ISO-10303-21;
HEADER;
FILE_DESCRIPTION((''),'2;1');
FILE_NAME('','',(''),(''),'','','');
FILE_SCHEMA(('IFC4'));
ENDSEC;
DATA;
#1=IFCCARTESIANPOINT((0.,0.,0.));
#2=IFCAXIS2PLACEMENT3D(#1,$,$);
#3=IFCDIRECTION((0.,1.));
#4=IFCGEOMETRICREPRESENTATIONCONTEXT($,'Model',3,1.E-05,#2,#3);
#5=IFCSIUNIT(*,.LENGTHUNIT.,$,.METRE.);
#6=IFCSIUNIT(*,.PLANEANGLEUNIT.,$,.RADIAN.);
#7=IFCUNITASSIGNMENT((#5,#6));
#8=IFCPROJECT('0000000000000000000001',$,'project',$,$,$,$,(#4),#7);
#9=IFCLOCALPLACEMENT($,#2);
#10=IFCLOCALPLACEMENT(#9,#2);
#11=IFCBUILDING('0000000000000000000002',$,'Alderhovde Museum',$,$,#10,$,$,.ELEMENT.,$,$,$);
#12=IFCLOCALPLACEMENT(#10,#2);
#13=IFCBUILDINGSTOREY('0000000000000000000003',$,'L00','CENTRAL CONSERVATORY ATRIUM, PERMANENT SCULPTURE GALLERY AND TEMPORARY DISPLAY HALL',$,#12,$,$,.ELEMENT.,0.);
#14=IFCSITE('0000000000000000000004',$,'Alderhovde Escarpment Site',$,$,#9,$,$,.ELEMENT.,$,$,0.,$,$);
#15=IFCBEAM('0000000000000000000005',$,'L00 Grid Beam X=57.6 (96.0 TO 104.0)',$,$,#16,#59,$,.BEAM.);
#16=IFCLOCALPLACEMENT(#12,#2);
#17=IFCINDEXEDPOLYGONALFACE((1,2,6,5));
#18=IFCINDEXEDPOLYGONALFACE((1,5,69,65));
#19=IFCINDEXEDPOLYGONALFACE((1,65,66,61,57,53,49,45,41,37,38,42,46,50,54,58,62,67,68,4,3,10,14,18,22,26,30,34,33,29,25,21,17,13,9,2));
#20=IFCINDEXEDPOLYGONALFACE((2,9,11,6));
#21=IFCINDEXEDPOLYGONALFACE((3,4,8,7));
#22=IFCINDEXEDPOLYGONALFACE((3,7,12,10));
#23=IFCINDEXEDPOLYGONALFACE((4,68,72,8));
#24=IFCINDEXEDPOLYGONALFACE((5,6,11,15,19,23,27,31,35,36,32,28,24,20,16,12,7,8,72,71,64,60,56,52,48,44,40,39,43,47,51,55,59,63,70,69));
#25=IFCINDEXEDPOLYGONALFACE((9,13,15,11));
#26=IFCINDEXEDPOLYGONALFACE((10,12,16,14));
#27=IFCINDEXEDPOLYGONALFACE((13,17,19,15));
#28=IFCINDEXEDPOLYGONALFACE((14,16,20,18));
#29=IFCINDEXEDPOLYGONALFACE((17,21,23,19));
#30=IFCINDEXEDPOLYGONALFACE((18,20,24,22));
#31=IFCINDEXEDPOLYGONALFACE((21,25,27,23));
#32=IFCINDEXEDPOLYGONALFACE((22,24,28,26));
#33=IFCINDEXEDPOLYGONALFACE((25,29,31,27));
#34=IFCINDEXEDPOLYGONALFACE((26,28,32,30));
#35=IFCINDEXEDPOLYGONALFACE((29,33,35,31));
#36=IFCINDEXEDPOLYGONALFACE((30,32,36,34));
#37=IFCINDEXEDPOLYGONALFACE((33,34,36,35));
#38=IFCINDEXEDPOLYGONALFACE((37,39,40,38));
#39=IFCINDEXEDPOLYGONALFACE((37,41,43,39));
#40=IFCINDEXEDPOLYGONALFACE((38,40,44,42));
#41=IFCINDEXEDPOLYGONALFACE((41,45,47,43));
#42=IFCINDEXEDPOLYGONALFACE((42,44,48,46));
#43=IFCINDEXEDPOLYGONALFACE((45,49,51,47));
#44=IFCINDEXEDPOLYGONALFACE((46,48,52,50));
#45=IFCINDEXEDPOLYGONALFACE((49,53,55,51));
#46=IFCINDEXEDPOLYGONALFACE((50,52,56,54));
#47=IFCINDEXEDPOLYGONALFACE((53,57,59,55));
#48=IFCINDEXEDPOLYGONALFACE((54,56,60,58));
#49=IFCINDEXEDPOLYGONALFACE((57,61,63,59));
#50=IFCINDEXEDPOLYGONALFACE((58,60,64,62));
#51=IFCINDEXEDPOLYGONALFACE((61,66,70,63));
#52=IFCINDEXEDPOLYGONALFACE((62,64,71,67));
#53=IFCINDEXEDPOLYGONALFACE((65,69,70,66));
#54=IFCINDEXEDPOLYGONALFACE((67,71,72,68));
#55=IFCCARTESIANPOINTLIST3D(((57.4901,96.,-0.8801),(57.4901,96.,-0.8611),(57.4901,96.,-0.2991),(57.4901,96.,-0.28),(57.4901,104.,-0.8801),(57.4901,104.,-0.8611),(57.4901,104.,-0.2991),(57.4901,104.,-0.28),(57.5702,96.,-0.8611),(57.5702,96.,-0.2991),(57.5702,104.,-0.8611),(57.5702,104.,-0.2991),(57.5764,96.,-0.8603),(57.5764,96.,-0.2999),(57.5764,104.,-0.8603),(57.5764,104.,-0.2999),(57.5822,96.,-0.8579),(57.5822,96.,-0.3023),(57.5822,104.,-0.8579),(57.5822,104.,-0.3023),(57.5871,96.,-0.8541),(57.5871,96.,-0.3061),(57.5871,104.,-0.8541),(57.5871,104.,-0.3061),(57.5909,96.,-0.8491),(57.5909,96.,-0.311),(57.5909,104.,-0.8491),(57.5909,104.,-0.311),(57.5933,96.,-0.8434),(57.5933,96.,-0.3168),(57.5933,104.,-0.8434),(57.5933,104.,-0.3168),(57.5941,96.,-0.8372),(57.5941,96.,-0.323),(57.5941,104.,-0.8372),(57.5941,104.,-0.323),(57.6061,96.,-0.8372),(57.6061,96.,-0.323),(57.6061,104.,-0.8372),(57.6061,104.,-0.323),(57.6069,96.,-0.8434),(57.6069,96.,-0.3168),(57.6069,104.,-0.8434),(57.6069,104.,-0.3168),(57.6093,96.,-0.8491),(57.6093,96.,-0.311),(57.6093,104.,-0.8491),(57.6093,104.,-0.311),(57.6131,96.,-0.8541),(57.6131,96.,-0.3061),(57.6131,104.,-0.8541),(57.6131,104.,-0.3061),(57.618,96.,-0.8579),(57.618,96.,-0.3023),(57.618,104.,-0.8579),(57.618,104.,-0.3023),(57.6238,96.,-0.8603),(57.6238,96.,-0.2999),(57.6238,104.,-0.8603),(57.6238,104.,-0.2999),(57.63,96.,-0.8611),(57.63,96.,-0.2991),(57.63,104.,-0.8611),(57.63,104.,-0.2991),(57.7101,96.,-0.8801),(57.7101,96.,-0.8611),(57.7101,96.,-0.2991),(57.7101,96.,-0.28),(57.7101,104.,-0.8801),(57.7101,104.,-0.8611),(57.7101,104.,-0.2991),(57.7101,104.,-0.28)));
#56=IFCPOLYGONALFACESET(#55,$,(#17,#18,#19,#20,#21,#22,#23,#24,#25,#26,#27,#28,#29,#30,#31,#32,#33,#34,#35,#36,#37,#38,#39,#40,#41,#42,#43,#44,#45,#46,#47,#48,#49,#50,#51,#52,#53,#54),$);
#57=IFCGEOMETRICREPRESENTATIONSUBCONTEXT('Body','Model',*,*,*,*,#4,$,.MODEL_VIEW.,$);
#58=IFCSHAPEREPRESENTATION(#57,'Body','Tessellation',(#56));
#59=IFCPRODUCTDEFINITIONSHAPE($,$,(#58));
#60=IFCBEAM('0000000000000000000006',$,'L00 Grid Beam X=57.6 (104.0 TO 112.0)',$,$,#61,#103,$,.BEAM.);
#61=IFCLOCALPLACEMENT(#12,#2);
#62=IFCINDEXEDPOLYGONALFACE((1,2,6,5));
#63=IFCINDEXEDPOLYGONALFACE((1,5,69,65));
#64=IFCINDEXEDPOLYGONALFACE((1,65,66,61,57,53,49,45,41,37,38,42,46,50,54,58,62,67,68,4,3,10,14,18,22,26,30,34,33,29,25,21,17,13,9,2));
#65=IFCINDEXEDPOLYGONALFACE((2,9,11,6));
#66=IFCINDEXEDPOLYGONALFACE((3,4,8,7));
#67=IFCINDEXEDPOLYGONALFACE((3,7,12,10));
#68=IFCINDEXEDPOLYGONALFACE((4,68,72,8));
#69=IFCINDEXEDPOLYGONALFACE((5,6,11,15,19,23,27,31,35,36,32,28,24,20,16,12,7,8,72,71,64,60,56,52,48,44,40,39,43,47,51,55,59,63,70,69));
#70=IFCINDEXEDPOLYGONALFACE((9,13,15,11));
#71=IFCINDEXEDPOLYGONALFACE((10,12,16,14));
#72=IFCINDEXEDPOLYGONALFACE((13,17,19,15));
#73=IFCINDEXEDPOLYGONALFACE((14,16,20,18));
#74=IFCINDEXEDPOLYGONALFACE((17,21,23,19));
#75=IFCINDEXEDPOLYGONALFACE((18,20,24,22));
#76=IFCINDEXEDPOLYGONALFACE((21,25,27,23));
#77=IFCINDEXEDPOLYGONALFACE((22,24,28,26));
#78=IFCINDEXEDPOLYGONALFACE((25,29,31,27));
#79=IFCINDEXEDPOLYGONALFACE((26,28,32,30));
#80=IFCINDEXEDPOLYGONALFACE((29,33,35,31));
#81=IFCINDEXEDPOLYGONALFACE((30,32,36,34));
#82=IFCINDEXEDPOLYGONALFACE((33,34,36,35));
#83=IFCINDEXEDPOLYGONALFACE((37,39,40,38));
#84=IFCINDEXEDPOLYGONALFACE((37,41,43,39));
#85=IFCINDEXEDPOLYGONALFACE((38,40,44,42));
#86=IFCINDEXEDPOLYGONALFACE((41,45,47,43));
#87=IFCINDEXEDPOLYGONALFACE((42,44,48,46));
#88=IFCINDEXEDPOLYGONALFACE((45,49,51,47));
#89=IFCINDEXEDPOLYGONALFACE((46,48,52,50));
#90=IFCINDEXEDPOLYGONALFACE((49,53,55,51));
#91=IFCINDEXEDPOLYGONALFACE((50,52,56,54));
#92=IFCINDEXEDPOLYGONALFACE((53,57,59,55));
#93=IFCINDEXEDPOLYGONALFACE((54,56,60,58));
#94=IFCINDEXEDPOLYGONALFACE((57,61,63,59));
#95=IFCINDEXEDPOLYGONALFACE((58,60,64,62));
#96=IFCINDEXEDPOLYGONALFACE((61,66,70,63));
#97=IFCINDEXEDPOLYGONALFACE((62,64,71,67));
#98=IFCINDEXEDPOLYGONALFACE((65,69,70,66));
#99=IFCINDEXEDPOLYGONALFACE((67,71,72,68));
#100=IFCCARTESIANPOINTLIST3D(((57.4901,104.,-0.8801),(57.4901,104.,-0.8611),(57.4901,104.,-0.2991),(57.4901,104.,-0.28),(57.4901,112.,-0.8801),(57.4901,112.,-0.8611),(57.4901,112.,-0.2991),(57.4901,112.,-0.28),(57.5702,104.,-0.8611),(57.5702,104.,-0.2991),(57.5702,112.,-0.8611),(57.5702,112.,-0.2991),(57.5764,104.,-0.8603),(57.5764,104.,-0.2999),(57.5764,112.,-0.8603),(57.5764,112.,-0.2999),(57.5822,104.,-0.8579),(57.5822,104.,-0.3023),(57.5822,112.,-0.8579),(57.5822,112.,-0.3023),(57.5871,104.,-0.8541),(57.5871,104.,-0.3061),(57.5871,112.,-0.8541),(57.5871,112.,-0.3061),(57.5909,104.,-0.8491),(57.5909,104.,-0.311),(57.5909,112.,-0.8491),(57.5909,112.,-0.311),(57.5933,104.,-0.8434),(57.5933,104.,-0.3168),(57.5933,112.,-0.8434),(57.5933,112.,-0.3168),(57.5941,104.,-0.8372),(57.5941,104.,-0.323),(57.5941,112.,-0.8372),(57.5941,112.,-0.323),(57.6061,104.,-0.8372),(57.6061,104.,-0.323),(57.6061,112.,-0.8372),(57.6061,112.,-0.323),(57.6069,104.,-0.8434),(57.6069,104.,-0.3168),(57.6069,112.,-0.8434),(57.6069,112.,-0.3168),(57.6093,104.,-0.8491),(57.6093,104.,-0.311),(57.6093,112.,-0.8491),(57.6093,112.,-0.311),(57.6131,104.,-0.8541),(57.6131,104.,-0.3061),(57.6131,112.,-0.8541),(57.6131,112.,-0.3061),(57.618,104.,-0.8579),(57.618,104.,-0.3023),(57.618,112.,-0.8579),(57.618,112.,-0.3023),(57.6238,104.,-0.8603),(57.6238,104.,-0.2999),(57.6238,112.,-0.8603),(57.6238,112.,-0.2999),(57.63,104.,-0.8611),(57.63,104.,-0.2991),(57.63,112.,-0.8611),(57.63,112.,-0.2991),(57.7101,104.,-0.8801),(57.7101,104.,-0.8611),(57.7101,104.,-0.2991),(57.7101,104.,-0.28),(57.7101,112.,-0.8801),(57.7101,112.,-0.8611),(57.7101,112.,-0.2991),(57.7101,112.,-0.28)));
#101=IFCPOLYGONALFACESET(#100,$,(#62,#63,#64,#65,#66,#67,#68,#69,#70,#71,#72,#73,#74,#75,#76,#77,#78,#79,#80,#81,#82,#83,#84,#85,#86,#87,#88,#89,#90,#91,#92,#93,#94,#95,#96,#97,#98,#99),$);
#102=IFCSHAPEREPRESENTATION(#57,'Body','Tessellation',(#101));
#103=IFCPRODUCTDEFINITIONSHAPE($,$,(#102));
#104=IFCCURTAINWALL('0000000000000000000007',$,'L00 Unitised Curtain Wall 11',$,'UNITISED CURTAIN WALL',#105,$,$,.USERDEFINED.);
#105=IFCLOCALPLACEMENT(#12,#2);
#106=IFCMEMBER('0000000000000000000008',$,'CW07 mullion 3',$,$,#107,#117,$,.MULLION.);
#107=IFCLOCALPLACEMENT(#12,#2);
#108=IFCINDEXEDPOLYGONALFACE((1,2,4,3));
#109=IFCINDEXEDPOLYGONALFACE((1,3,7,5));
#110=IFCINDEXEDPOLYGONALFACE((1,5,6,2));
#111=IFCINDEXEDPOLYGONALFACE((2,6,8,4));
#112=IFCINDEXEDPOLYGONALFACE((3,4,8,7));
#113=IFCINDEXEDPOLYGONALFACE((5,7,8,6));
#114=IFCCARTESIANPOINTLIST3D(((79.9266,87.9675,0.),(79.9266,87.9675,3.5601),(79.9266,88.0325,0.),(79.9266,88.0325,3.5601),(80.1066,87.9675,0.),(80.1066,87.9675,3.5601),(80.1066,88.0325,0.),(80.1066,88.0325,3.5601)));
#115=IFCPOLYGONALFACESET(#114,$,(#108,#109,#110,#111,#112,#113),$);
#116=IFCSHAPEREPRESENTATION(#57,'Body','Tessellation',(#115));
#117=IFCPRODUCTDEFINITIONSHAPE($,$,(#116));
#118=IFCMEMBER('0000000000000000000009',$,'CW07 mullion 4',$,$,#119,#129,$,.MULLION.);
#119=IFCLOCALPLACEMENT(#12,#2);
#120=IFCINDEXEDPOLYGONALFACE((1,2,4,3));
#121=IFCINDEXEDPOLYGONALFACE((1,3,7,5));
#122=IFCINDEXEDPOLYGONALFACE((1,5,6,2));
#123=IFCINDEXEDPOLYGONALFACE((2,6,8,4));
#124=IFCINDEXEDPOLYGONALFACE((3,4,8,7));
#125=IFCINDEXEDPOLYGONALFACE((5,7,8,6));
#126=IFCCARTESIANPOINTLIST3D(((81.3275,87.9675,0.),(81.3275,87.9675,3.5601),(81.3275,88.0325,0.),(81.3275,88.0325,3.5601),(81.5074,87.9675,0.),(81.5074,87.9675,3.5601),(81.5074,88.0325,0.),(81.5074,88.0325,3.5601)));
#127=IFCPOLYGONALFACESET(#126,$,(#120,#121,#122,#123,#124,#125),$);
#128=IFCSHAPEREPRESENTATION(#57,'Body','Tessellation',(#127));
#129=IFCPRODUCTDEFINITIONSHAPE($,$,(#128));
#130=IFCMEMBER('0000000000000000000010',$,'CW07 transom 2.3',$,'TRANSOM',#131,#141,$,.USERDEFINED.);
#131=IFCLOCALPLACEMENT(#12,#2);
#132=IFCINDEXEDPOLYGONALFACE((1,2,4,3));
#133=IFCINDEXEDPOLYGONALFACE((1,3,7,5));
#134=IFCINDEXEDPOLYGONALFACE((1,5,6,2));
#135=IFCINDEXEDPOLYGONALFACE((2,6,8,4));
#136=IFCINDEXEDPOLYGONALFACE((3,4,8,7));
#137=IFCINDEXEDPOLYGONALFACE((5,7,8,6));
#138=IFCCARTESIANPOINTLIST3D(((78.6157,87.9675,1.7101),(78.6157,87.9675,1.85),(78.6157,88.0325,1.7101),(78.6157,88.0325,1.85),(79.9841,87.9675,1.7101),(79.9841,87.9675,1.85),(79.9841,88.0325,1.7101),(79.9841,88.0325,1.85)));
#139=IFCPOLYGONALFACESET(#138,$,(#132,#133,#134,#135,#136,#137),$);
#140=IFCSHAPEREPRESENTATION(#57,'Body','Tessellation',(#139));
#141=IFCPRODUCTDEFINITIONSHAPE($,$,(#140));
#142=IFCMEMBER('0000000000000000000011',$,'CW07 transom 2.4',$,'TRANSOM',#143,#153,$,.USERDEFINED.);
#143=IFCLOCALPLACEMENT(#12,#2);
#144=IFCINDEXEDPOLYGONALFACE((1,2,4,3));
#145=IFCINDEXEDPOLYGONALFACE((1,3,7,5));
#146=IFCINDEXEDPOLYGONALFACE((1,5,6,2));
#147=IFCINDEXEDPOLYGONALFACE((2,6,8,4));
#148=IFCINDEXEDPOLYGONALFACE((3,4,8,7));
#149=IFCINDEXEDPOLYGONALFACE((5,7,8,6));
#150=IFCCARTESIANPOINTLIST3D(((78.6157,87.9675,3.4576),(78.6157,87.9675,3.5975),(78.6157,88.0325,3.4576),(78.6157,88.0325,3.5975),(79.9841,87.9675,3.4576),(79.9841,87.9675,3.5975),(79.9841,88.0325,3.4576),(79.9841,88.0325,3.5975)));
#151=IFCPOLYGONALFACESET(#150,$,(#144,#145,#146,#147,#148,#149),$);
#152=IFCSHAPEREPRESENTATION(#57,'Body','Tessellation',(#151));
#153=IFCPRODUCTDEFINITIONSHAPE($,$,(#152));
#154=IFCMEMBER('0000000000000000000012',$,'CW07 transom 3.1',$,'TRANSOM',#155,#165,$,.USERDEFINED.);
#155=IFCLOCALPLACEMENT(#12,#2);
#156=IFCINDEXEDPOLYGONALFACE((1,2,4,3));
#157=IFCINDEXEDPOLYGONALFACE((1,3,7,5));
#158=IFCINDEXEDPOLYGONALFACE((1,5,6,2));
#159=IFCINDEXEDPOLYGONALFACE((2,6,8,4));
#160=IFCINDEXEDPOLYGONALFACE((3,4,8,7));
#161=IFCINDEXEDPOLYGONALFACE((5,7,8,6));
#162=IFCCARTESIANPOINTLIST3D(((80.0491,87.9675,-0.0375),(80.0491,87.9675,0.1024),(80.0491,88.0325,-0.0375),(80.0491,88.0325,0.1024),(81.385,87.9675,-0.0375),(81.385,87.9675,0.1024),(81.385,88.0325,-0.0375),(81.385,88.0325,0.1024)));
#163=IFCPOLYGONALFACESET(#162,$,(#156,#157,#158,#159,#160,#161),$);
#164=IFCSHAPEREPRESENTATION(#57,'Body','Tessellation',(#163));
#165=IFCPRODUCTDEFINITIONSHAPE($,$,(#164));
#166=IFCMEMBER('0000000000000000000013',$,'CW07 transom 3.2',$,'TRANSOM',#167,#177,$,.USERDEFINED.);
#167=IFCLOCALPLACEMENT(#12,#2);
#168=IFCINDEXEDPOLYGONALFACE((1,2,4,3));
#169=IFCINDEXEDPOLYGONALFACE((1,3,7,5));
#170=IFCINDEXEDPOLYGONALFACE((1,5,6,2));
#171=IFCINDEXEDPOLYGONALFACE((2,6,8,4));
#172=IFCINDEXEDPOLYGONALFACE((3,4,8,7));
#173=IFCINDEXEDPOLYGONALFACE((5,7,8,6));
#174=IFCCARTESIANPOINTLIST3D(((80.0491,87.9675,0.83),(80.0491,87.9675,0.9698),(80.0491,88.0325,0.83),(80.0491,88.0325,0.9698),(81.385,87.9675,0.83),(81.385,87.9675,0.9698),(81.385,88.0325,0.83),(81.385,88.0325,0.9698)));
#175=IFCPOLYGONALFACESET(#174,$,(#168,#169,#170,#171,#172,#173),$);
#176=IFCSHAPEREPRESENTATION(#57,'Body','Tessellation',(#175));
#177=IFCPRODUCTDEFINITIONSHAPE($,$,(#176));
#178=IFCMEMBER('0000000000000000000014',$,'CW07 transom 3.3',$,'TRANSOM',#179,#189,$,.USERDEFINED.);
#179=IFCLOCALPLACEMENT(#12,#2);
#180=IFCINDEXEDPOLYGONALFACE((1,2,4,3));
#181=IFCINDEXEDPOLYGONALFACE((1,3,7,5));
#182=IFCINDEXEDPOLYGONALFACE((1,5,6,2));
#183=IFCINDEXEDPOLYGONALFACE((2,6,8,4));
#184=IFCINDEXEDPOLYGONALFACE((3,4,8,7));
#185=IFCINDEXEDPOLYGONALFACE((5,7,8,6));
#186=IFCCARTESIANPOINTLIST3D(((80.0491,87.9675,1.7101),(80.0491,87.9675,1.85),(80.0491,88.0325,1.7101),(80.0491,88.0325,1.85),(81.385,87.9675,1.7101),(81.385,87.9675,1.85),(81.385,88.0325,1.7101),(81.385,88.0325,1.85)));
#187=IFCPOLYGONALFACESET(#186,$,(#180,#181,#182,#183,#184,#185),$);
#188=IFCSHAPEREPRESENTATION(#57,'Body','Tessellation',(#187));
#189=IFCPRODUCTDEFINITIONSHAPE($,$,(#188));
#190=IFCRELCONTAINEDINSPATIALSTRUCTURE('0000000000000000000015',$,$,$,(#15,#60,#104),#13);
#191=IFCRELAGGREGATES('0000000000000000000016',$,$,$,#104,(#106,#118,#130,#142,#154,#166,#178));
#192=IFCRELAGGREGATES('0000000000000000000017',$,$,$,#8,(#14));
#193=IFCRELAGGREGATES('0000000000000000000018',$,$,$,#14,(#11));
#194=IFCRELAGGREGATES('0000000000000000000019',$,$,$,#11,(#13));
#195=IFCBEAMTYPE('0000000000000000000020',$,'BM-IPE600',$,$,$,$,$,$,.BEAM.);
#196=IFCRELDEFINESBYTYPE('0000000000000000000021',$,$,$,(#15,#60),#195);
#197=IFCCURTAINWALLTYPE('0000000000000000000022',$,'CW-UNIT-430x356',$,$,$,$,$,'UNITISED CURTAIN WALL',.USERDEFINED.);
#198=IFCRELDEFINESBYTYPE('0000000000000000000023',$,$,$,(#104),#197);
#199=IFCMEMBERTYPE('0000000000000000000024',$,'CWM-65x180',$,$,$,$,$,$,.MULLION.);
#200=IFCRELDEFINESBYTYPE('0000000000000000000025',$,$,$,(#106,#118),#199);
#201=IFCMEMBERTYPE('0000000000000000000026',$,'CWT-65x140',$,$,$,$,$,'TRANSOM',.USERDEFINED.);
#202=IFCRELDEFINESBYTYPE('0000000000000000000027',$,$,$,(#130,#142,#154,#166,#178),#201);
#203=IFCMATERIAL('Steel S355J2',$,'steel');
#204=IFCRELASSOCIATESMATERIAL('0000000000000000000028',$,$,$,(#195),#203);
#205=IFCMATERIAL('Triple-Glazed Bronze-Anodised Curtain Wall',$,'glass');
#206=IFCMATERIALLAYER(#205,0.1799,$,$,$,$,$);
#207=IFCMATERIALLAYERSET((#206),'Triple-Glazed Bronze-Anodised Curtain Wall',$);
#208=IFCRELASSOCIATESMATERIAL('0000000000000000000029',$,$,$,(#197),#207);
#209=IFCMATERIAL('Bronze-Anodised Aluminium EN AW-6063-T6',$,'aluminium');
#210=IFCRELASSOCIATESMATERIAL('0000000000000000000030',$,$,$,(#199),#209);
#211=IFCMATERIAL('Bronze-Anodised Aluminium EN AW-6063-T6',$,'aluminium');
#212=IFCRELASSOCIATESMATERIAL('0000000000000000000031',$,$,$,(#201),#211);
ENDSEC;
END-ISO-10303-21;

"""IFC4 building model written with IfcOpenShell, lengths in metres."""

from ifc_helpers import new_model, si_unit, direction, frame, origin, origin_2d, place, context, subcontext, project, spatial, rectangle, i_section, extrude, material, layer, layer_set, material_profile, profile_set, type_object, element, aggregate, save


model = new_model("IFC4")

# Units and contexts
model_context = context("Model", 3, precision=1e-05, world=origin(), true_north=direction((0.0, 1.0)))
body_context = subcontext(model_context, "Body", "Model", "MODEL_VIEW")
ifc_project = project(units=[si_unit("LENGTHUNIT", "METRE"), si_unit("PLANEANGLEUNIT", "RADIAN")], contexts=[model_context])

# Site, building, storey
site_placement = place(None, origin())
site = spatial("IfcSite", under=ifc_project, at=site_placement, Name="Alderhovde Escarpment Site", CompositionType="ELEMENT", RefElevation=0.0)
building_placement = place(site_placement, origin())
building = spatial("IfcBuilding", under=site, at=building_placement, Name="Alderhovde Museum", CompositionType="ELEMENT")
storey_placement = place(building_placement, origin())
storey = spatial("IfcBuildingStorey", under=building, at=storey_placement, Name="L00", Description="CENTRAL CONSERVATORY ATRIUM, PERMANENT SCULPTURE GALLERY AND TEMPORARY DISPLAY HALL", CompositionType="ELEMENT", Elevation=0.0)

# Beams
ifc_material_1 = material(Name="Steel S355J2", Category="steel")
ifc_material_profile_1 = material_profile(ifc_material_1, i_section(OverallWidth=0.22, OverallDepth=0.6001, WebThickness=0.012, FlangeThickness=0.019, FilletRadius=0.0239, at=origin_2d()), Name="IPE 600")
ifc_profile_set_1 = profile_set([ifc_material_profile_1], Name="Steel S355J2")
beam_type_1 = type_object("IfcBeamType", Name="BM-IPE600", PredefinedType="BEAM", material=ifc_profile_set_1)
for number, where, z_axis, x_axis, name in (
    (1, (57.6001, 96.0, -0.5801), (0.0, 1.0, 0.0), (-1.0, 0.0, 0.0), "L00 Grid Beam X=57.6 (96.0 TO 104.0)"),
    (2, (57.6001, 104.0, -0.5801), (0.0, 1.0, 0.0), (-1.0, 0.0, 0.0), "L00 Grid Beam X=57.6 (104.0 TO 112.0)"),
):
    element("IfcBeam", number, at=place(storey_placement, frame(where, z_axis=z_axis, x_axis=x_axis)), inside=storey, type_object=beam_type_1, Name=name, PredefinedType="BEAM", context=body_context, shape_type="SweptSolid", body=[
        extrude(i_section(OverallWidth=0.22, OverallDepth=0.6001, WebThickness=0.012, FlangeThickness=0.019, FilletRadius=0.0239, at=origin_2d()), origin(), (0.0, 0.0, 1.0), 8.0),
    ])

# Curtain wall, members
ifc_material_2 = material(Name="Triple-Glazed Bronze-Anodised Curtain Wall", Category="glass")
ifc_layer_1 = layer(ifc_material_2, 0.1799)
ifc_layer_set_1 = layer_set([ifc_layer_1], Name="Triple-Glazed Bronze-Anodised Curtain Wall")
curtain_wall_type = type_object("IfcCurtainWallType", Name="CW-UNIT-430x356", ElementType="UNITISED CURTAIN WALL", PredefinedType="USERDEFINED", material=ifc_layer_set_1)
curtain_wall_placement = place(storey_placement, origin())
curtain_wall = element("IfcCurtainWall", 3, at=curtain_wall_placement, inside=storey, type_object=curtain_wall_type, Name="L00 Unitised Curtain Wall 11", ObjectType="UNITISED CURTAIN WALL", PredefinedType="USERDEFINED")
ifc_material_3 = material(Name="Bronze-Anodised Aluminium EN AW-6063-T6", Category="aluminium")
ifc_material_profile_2 = material_profile(ifc_material_3, rectangle(XDim=0.0649, YDim=0.1799, at=origin_2d()), Name="MULLION 65x180")
ifc_profile_set_2 = profile_set([ifc_material_profile_2], Name="Bronze-Anodised Aluminium EN AW-6063-T6")
member_type_1 = type_object("IfcMemberType", Name="CWM-65x180", PredefinedType="MULLION", material=ifc_profile_set_2)
member_1_placement = place(storey_placement, frame((80.0166, 88.0, 0.0), z_axis=(0.0, 0.0, 1.0), x_axis=(0.0, 1.0, 0.0)))
member_1 = element("IfcMember", 4, at=member_1_placement, type_object=member_type_1, Name="CW07 mullion 3", PredefinedType="MULLION", context=body_context, shape_type="SweptSolid", body=[
    extrude(rectangle(XDim=0.0649, YDim=0.1799, at=origin_2d()), origin(), (0.0, 0.0, 1.0), 3.5601),
])
member_2_placement = place(storey_placement, frame((81.4175, 88.0, 0.0), z_axis=(0.0, 0.0, 1.0), x_axis=(0.0, 1.0, 0.0)))
member_2 = element("IfcMember", 5, at=member_2_placement, type_object=member_type_1, Name="CW07 mullion 4", PredefinedType="MULLION", context=body_context, shape_type="SweptSolid", body=[
    extrude(rectangle(XDim=0.0649, YDim=0.1799, at=origin_2d()), origin(), (0.0, 0.0, 1.0), 3.5601),
])
ifc_material_4 = material(Name="Bronze-Anodised Aluminium EN AW-6063-T6", Category="aluminium")
ifc_material_profile_3 = material_profile(ifc_material_4, rectangle(XDim=0.0649, YDim=0.1399, at=origin_2d()), Name="TRANSOM 65x140")
ifc_profile_set_3 = profile_set([ifc_material_profile_3], Name="Bronze-Anodised Aluminium EN AW-6063-T6")
member_type_2 = type_object("IfcMemberType", Name="CWT-65x140", ElementType="TRANSOM", PredefinedType="USERDEFINED", material=ifc_profile_set_3)
member_3_placement = place(storey_placement, frame((78.6157, 88.0, 1.78), z_axis=(1.0, 0.0, 0.0), x_axis=(0.0, 1.0, 0.0)))
member_3 = element("IfcMember", 6, at=member_3_placement, type_object=member_type_2, Name="CW07 transom 2.3", ObjectType="TRANSOM", PredefinedType="USERDEFINED", context=body_context, shape_type="SweptSolid", body=[
    extrude(rectangle(XDim=0.0649, YDim=0.1399, at=origin_2d()), origin(), (0.0, 0.0, 1.0), 1.3684),
])
member_4_placement = place(storey_placement, frame((78.6157, 88.0, 3.5276), z_axis=(1.0, 0.0, 0.0), x_axis=(0.0, 1.0, 0.0)))
member_4 = element("IfcMember", 7, at=member_4_placement, type_object=member_type_2, Name="CW07 transom 2.4", ObjectType="TRANSOM", PredefinedType="USERDEFINED", context=body_context, shape_type="SweptSolid", body=[
    extrude(rectangle(XDim=0.0649, YDim=0.1399, at=origin_2d()), origin(), (0.0, 0.0, 1.0), 1.3684),
])
member_5_placement = place(storey_placement, frame((80.0491, 88.0, 0.0325), z_axis=(1.0, 0.0, 0.0), x_axis=(0.0, 1.0, 0.0)))
member_5 = element("IfcMember", 8, at=member_5_placement, type_object=member_type_2, Name="CW07 transom 3.1", ObjectType="TRANSOM", PredefinedType="USERDEFINED", context=body_context, shape_type="SweptSolid", body=[
    extrude(rectangle(XDim=0.0649, YDim=0.1399, at=origin_2d()), origin(), (0.0, 0.0, 1.0), 1.3359),
])
member_6_placement = place(storey_placement, frame((80.0491, 88.0, 0.8999), z_axis=(1.0, 0.0, 0.0), x_axis=(0.0, 1.0, 0.0)))
member_6 = element("IfcMember", 9, at=member_6_placement, type_object=member_type_2, Name="CW07 transom 3.2", ObjectType="TRANSOM", PredefinedType="USERDEFINED", context=body_context, shape_type="SweptSolid", body=[
    extrude(rectangle(XDim=0.0649, YDim=0.1399, at=origin_2d()), origin(), (0.0, 0.0, 1.0), 1.3359),
])
member_7_placement = place(storey_placement, frame((80.0491, 88.0, 1.78), z_axis=(1.0, 0.0, 0.0), x_axis=(0.0, 1.0, 0.0)))
member_7 = element("IfcMember", 10, at=member_7_placement, type_object=member_type_2, Name="CW07 transom 3.3", ObjectType="TRANSOM", PredefinedType="USERDEFINED", context=body_context, shape_type="SweptSolid", body=[
    extrude(rectangle(XDim=0.0649, YDim=0.1399, at=origin_2d()), origin(), (0.0, 0.0, 1.0), 1.3359),
])

aggregate(curtain_wall, [member_1, member_2, member_3, member_4, member_5, member_6, member_7])

save(model, "model.ifc")
